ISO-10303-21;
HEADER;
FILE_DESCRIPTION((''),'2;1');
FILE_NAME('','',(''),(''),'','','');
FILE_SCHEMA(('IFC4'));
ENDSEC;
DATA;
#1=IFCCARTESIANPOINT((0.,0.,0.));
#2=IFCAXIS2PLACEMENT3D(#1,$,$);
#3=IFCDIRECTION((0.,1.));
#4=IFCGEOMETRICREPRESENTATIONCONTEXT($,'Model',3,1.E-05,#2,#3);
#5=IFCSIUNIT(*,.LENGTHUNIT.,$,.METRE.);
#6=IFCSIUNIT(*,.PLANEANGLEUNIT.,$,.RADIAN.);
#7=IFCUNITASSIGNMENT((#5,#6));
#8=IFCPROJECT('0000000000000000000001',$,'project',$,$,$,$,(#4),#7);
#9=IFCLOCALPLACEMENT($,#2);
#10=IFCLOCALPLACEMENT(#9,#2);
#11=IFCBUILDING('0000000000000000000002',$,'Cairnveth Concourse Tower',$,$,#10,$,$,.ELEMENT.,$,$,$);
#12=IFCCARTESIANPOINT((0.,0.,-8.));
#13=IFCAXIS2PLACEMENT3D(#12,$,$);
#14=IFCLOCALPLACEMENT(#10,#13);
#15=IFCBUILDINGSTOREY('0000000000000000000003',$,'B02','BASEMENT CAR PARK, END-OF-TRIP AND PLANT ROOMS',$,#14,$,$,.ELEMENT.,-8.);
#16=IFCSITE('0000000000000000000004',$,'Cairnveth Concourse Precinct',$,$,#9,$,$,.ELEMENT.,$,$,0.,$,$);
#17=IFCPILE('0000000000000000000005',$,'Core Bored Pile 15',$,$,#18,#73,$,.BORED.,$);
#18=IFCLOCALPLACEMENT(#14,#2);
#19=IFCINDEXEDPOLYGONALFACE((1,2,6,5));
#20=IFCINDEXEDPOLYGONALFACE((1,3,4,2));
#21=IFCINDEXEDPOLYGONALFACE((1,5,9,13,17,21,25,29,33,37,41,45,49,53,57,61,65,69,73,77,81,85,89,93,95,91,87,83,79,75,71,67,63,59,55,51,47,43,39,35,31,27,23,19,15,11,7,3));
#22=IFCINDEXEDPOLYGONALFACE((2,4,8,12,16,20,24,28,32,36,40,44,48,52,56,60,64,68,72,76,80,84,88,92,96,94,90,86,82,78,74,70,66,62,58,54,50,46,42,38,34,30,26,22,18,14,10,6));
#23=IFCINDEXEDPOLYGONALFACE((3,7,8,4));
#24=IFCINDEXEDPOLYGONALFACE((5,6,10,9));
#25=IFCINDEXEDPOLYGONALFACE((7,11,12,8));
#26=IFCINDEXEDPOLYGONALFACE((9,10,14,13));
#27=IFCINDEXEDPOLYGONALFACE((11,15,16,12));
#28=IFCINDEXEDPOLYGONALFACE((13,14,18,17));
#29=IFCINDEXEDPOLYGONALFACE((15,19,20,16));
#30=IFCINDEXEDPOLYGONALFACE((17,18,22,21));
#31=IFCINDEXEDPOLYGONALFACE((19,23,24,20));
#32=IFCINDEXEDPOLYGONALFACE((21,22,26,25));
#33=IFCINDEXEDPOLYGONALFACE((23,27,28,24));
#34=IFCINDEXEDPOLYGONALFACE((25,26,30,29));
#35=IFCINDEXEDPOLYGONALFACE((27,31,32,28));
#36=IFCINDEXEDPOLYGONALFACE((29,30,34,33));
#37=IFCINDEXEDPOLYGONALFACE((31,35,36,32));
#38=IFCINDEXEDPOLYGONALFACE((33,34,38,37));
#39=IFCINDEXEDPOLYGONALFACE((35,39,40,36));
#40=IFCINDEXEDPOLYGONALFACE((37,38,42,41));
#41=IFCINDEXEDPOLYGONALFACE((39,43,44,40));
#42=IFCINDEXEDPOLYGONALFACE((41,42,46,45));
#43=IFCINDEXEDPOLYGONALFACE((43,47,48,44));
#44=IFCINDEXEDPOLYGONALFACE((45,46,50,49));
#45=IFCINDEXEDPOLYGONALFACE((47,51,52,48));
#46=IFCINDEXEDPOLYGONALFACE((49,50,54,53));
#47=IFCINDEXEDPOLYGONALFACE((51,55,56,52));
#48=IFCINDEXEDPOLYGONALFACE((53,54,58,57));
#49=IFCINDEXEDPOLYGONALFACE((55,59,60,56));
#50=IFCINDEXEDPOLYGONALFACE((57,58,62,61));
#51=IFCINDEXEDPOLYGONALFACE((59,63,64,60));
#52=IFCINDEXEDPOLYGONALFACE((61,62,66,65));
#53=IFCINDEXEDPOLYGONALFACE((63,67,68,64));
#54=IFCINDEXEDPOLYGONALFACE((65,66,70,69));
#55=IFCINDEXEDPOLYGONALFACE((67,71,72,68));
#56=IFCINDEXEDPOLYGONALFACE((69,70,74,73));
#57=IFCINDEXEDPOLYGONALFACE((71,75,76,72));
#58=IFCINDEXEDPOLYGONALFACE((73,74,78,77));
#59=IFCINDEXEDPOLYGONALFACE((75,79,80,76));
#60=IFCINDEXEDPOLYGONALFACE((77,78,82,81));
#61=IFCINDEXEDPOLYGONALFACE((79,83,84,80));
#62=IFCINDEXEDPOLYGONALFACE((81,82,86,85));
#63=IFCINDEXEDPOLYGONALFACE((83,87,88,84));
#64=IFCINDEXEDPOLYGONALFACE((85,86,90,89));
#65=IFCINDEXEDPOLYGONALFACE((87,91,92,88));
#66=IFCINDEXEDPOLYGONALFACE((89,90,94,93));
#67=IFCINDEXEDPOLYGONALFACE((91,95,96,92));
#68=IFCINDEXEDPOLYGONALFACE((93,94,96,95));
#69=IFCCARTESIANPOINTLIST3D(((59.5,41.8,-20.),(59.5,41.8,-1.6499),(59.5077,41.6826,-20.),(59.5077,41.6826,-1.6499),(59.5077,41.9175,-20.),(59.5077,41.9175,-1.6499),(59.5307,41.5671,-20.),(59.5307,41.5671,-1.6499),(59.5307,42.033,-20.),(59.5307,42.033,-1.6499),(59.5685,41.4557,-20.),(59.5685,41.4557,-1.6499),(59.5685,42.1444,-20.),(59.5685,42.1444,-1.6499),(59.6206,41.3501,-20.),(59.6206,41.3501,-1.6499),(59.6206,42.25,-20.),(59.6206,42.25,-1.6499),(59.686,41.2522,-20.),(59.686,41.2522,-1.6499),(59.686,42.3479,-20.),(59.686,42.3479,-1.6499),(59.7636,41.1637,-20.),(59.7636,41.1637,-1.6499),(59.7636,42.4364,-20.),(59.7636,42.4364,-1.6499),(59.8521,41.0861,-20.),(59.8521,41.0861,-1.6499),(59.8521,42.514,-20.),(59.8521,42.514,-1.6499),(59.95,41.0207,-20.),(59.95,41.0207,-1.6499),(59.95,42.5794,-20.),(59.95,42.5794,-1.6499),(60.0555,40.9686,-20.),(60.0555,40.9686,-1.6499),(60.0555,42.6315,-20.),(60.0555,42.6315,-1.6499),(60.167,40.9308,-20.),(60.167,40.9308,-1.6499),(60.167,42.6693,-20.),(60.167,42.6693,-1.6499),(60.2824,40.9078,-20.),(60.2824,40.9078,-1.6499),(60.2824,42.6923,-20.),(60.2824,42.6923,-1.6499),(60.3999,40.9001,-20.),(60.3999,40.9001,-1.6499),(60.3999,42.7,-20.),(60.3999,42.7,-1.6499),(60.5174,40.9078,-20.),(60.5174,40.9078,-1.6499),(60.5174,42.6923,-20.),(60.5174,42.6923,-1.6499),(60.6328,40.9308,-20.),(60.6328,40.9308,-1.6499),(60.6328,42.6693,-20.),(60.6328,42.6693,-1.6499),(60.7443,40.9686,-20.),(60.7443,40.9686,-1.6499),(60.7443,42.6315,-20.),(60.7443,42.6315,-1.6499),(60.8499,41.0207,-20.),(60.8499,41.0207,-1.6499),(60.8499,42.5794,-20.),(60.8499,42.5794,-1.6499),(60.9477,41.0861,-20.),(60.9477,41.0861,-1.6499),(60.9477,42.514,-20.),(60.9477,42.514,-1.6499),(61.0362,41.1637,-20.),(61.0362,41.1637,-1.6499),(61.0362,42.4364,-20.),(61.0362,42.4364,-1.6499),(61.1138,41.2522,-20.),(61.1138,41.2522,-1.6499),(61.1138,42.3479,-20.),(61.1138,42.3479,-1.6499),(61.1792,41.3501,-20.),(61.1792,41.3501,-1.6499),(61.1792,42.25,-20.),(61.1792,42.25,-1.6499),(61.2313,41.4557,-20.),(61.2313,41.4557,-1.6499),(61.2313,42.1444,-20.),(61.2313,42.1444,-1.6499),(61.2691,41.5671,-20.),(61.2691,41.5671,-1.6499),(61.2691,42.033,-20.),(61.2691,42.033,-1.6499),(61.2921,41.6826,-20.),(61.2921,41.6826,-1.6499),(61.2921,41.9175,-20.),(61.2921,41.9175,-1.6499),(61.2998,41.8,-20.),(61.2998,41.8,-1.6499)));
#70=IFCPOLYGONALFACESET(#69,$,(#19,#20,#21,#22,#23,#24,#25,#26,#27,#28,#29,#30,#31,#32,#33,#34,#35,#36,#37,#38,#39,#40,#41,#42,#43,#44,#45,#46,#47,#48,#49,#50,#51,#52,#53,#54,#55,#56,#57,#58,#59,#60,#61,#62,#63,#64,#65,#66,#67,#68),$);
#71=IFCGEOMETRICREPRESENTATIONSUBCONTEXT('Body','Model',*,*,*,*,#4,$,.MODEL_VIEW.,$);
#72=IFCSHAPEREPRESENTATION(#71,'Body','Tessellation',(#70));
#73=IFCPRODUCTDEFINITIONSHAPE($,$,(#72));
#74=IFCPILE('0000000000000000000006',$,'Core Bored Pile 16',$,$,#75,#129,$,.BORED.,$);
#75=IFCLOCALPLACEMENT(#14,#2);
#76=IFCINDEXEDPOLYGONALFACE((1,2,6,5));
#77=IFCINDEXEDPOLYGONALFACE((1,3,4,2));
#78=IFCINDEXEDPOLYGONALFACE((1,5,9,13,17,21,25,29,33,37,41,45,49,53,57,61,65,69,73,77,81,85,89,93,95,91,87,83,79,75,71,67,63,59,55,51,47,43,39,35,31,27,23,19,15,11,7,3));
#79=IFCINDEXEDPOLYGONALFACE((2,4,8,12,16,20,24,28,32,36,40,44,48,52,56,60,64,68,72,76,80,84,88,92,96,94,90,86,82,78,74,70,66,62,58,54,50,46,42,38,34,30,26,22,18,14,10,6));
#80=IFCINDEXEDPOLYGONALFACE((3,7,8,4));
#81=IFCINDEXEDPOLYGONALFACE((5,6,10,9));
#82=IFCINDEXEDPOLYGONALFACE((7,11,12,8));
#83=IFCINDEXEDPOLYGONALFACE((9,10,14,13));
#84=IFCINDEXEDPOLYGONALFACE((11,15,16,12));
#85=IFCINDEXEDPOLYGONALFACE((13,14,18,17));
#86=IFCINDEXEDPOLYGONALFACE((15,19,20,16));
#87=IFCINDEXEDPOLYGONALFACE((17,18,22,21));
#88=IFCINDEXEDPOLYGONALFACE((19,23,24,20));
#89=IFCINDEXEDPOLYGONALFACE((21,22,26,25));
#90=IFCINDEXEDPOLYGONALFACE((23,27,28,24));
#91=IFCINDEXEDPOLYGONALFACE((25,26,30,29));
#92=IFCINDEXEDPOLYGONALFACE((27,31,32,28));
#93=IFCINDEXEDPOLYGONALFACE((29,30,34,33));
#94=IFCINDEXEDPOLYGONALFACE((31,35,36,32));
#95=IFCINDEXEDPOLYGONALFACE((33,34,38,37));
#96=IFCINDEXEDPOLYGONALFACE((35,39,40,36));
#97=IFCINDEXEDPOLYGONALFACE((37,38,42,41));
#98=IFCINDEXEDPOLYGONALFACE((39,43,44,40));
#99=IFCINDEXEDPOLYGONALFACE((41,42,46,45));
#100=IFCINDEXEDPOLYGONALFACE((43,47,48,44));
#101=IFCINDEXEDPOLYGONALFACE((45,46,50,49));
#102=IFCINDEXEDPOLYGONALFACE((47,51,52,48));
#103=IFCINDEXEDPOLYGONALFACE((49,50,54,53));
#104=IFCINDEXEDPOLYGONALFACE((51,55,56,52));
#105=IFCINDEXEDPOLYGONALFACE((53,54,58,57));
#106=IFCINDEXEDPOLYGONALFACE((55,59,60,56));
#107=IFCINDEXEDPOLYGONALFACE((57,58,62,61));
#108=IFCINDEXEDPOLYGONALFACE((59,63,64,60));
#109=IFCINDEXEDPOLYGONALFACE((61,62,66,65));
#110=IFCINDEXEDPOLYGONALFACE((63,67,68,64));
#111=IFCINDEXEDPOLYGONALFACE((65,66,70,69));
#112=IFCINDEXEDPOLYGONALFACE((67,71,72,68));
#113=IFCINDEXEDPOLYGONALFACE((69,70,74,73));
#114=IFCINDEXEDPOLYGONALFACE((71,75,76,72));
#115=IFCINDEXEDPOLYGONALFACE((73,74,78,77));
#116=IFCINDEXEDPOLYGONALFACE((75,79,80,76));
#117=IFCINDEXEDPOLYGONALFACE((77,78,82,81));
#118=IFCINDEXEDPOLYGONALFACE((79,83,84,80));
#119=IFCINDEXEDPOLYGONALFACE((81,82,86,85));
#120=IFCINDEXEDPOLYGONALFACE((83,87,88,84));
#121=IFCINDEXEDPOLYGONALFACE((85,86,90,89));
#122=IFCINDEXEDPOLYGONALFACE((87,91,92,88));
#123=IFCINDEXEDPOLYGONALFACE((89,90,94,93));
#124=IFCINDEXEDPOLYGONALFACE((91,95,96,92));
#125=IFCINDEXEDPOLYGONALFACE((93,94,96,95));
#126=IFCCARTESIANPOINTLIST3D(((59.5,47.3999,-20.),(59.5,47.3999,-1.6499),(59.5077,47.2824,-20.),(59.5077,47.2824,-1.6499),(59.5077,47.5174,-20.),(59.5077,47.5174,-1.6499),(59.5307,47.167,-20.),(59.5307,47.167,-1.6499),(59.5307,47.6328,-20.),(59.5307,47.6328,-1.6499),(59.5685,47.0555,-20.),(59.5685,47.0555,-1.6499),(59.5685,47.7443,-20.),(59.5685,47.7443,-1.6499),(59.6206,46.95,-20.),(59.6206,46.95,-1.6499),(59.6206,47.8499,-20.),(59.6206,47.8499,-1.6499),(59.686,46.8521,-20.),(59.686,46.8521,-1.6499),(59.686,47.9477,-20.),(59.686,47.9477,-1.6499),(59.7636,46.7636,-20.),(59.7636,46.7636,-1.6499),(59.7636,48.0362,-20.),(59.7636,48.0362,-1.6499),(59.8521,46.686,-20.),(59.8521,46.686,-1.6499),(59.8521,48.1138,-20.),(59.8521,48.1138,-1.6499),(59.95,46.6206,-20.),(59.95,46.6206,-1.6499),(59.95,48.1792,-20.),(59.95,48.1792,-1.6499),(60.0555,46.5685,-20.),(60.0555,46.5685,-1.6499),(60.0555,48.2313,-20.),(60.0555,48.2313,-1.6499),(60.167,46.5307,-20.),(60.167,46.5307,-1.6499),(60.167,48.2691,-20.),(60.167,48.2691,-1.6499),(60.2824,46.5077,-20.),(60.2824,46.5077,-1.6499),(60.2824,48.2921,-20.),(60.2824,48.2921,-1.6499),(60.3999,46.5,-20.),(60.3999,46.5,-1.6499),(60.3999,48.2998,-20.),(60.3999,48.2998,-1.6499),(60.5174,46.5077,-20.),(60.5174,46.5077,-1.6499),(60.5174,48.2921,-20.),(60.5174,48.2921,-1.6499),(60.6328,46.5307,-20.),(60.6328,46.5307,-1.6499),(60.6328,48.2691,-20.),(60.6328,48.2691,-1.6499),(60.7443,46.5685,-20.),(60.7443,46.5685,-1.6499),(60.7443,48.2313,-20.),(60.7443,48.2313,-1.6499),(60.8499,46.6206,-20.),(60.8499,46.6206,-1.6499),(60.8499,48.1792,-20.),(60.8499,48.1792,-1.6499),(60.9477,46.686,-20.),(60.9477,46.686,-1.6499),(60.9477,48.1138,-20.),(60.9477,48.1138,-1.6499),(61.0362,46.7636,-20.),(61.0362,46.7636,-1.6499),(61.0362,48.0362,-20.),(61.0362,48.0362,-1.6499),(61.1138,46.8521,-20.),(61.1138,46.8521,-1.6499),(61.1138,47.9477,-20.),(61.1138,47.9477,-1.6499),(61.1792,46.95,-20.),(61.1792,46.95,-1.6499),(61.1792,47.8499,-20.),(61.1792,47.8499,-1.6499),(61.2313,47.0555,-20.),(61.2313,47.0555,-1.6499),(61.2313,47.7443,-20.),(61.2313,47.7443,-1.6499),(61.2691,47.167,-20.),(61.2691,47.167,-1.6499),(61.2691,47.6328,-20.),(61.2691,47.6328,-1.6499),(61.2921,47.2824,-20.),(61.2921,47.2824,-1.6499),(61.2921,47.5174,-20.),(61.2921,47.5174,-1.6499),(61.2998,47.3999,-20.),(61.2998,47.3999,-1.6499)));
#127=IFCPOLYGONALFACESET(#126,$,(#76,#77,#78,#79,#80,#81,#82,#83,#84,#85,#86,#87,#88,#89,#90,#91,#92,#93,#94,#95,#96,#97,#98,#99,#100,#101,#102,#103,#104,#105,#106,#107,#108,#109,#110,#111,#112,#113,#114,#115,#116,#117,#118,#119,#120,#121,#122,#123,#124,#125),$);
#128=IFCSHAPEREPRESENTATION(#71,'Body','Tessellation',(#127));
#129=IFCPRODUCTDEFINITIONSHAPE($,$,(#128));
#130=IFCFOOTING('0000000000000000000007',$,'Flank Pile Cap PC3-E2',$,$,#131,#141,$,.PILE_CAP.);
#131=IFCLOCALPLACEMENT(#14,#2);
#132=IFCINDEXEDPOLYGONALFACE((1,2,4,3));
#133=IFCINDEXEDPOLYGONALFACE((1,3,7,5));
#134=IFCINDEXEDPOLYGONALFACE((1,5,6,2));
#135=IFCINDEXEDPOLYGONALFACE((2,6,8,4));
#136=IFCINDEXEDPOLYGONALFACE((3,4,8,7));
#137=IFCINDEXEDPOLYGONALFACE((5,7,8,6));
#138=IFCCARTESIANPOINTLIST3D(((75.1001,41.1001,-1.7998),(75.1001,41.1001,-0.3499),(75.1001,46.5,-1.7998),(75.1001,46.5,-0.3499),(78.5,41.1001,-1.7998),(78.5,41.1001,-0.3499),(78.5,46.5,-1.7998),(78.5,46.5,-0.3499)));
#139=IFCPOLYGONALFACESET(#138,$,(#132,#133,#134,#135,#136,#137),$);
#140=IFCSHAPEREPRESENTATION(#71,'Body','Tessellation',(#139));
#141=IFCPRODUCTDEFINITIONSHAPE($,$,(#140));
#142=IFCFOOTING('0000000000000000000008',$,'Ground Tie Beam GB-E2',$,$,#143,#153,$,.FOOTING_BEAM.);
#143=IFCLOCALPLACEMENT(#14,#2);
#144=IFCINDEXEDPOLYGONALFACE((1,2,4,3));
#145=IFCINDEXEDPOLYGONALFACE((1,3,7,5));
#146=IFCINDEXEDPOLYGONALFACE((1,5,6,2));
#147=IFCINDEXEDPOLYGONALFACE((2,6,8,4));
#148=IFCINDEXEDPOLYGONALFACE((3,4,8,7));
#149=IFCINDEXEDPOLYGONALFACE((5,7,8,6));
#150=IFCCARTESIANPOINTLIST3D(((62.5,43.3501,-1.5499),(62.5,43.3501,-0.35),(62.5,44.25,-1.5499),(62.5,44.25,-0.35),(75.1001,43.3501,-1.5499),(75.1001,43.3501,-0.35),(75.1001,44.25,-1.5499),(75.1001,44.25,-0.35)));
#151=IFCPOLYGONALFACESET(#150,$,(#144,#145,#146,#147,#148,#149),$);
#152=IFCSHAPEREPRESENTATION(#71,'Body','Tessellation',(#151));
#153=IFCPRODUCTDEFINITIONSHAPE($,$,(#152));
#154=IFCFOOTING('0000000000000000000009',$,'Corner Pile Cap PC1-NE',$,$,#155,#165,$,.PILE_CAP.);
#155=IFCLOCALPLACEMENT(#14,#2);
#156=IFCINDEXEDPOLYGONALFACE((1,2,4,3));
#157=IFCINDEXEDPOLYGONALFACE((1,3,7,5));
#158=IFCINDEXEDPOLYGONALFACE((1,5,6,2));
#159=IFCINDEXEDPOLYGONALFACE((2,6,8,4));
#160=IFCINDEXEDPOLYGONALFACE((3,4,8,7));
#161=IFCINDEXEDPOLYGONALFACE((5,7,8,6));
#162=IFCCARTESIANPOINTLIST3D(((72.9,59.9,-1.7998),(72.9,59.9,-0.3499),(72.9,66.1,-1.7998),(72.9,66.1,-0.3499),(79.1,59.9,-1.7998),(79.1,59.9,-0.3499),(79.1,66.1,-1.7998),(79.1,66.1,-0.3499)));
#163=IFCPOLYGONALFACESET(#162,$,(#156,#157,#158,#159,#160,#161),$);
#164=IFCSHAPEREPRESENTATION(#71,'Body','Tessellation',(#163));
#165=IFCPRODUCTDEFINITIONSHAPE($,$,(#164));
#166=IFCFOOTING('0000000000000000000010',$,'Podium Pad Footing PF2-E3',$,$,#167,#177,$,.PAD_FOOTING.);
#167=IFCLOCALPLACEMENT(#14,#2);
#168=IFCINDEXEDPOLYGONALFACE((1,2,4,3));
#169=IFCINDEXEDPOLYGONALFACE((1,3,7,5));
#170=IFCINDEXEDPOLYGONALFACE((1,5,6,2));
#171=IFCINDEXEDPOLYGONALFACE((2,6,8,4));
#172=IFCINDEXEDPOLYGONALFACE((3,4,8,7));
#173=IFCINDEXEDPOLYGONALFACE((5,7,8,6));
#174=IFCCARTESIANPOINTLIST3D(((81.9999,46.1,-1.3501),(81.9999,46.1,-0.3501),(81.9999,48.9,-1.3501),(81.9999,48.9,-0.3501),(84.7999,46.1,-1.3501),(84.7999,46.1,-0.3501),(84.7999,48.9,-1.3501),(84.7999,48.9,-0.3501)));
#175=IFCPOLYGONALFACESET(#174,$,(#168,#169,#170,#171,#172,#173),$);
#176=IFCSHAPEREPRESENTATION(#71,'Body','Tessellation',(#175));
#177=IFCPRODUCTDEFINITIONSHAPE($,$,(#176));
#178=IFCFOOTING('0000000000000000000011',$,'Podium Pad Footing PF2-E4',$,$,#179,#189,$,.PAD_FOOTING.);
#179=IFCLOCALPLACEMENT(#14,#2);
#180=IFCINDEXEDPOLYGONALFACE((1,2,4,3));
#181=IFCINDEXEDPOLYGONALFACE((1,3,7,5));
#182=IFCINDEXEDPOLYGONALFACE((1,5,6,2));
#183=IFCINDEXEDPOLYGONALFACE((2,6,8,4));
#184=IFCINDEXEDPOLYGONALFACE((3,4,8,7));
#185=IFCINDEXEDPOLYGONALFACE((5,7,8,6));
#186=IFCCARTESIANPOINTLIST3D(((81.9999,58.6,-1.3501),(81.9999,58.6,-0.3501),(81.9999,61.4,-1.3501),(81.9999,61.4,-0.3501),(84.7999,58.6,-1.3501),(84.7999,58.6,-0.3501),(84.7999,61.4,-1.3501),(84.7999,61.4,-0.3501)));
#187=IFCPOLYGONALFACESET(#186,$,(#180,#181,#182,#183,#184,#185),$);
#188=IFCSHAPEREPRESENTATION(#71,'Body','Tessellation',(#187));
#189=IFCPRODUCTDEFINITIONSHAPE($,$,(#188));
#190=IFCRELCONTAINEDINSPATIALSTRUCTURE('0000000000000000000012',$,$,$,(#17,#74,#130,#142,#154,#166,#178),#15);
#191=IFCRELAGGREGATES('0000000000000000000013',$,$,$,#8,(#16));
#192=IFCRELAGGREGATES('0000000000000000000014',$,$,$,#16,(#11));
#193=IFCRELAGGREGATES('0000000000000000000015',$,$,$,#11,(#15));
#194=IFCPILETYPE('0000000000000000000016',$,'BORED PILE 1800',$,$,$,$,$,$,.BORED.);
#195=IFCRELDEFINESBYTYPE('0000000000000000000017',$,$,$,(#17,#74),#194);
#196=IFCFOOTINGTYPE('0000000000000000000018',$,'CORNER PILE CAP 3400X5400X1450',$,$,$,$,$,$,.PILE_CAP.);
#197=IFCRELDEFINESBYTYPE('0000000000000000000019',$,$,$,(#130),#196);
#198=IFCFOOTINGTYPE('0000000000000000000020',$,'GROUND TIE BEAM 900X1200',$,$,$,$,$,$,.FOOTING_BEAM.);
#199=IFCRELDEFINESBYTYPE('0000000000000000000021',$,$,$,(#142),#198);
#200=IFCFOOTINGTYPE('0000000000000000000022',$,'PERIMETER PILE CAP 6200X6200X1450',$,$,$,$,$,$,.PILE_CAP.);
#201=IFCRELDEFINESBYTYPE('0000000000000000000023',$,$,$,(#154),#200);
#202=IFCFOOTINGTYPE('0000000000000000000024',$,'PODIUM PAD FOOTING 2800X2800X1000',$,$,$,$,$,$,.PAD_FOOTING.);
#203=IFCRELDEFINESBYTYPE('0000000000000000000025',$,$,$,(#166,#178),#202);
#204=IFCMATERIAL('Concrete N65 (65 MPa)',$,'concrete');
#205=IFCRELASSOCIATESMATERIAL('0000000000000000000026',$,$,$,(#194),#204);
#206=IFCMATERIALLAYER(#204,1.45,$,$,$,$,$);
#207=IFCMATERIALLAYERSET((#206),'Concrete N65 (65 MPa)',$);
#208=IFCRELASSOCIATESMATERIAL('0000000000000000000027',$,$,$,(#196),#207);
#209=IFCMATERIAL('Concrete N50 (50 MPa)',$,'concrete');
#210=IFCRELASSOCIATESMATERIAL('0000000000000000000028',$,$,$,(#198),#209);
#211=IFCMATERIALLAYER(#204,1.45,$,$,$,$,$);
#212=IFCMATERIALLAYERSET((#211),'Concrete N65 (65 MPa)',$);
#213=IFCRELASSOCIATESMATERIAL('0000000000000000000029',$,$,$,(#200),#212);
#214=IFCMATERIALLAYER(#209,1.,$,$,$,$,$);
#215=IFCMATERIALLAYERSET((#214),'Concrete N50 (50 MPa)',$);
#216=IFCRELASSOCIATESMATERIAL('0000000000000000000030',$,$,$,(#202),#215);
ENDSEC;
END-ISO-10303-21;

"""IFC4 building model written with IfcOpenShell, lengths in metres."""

from ifc_helpers import new_model, si_unit, direction, frame, origin, origin_2d, place, context, subcontext, project, spatial, rectangle, circle, extrude, material, layer, layer_set, material_profile, profile_set, type_object, element, save


model = new_model("IFC4")

# Units and contexts
model_context = context("Model", 3, precision=1e-05, world=origin(), true_north=direction((0.0, 1.0)))
body_context = subcontext(model_context, "Body", "Model", "MODEL_VIEW")
ifc_project = project(units=[si_unit("LENGTHUNIT", "METRE"), si_unit("PLANEANGLEUNIT", "RADIAN")], contexts=[model_context])

# Site, building, storey
site_placement = place(None, origin())
site = spatial("IfcSite", under=ifc_project, at=site_placement, Name="Cairnveth Concourse Precinct", CompositionType="ELEMENT", RefElevation=0.0)
building_placement = place(site_placement, origin())
building = spatial("IfcBuilding", under=site, at=building_placement, Name="Cairnveth Concourse Tower", CompositionType="ELEMENT")
storey_placement = place(building_placement, frame((0.0, 0.0, -8.0)))
storey = spatial("IfcBuildingStorey", under=building, at=storey_placement, Name="B02", Description="BASEMENT CAR PARK, END-OF-TRIP AND PLANT ROOMS", CompositionType="ELEMENT", Elevation=-8.0)

# Piles
ifc_material_1 = material(Name="Concrete N50 (50 MPa)", Category="concrete")
ifc_material_2 = material(Name="Concrete N65 (65 MPa)", Category="concrete")
ifc_material_profile_1 = material_profile(ifc_material_2, circle(Radius=0.8999, at=origin_2d()), Name="PILE-1800")
ifc_profile_set_1 = profile_set([ifc_material_profile_1], Name="Concrete N65 (65 MPa)")
pile_type_1 = type_object("IfcPileType", Name="BORED PILE 1800", PredefinedType="BORED", material=ifc_profile_set_1)
for number, where, z_axis, x_axis, name in (
    (1, (60.3999, 41.8, -1.6499), (0.0, 0.0, -1.0), (1.0, 0.0, 0.0), "Core Bored Pile 15"),
    (2, (60.3999, 47.3999, -1.6499), (0.0, 0.0, -1.0), (1.0, 0.0, 0.0), "Core Bored Pile 16"),
):
    element("IfcPile", number, at=place(storey_placement, frame(where, z_axis=z_axis, x_axis=x_axis)), inside=storey, type_object=pile_type_1, Name=name, PredefinedType="BORED", context=body_context, shape_type="SweptSolid", body=[
        extrude(circle(Radius=0.8999, at=origin_2d()), origin(), (0.0, 0.0, 1.0), 18.3501),
    ])

# Footings
ifc_layer_1 = layer(ifc_material_2, 1.45)
ifc_layer_set_1 = layer_set([ifc_layer_1], Name="Concrete N65 (65 MPa)")
footing_type_1 = type_object("IfcFootingType", Name="CORNER PILE CAP 3400X5400X1450", PredefinedType="PILE_CAP", material=ifc_layer_set_1)
footing_1_placement = place(storey_placement, frame((76.8, 43.8, -1.7998), z_axis=(0.0, 0.0, 1.0), x_axis=(1.0, 0.0, 0.0)))
element("IfcFooting", 3, at=footing_1_placement, inside=storey, type_object=footing_type_1, Name="Flank Pile Cap PC3-E2", PredefinedType="PILE_CAP", context=body_context, shape_type="SweptSolid", body=[
    extrude(rectangle(XDim=3.3999, YDim=5.3999, at=origin_2d()), origin(), (0.0, 0.0, 1.0), 1.45),
])
ifc_material_profile_2 = material_profile(ifc_material_1, rectangle(XDim=0.8999, YDim=1.2, at=origin_2d()), Name="RC-GB-900x1200")
ifc_profile_set_2 = profile_set([ifc_material_profile_2], Name="Concrete N50 (50 MPa)")
footing_type_2 = type_object("IfcFootingType", Name="GROUND TIE BEAM 900X1200", PredefinedType="FOOTING_BEAM", material=ifc_profile_set_2)
footing_2_placement = place(storey_placement, frame((62.5, 43.8, -0.95), z_axis=(1.0, 0.0, 0.0), x_axis=(0.0, 1.0, 0.0)))
element("IfcFooting", 4, at=footing_2_placement, inside=storey, type_object=footing_type_2, Name="Ground Tie Beam GB-E2", PredefinedType="FOOTING_BEAM", context=body_context, shape_type="SweptSolid", body=[
    extrude(rectangle(XDim=0.8999, YDim=1.2, at=origin_2d()), origin(), (0.0, 0.0, 1.0), 12.6001),
])
ifc_layer_2 = layer(ifc_material_2, 1.45)
ifc_layer_set_2 = layer_set([ifc_layer_2], Name="Concrete N65 (65 MPa)")
footing_type_3 = type_object("IfcFootingType", Name="PERIMETER PILE CAP 6200X6200X1450", PredefinedType="PILE_CAP", material=ifc_layer_set_2)
footing_3_placement = place(storey_placement, frame((76.0, 63.0, -1.7998), z_axis=(0.0, 0.0, 1.0), x_axis=(1.0, 0.0, 0.0)))
element("IfcFooting", 5, at=footing_3_placement, inside=storey, type_object=footing_type_3, Name="Corner Pile Cap PC1-NE", PredefinedType="PILE_CAP", context=body_context, shape_type="SweptSolid", body=[
    extrude(rectangle(XDim=6.2, YDim=6.2, at=origin_2d()), origin(), (0.0, 0.0, 1.0), 1.45),
])
ifc_layer_3 = layer(ifc_material_1, 1.0)
ifc_layer_set_3 = layer_set([ifc_layer_3], Name="Concrete N50 (50 MPa)")
footing_type_4 = type_object("IfcFootingType", Name="PODIUM PAD FOOTING 2800X2800X1000", PredefinedType="PAD_FOOTING", material=ifc_layer_set_3)
for number, where, z_axis, x_axis, name in (
    (6, (83.3999, 47.5, -1.3501), (0.0, 0.0, 1.0), (1.0, 0.0, 0.0), "Podium Pad Footing PF2-E3"),
    (7, (83.3999, 60.0, -1.3501), (0.0, 0.0, 1.0), (1.0, 0.0, 0.0), "Podium Pad Footing PF2-E4"),
):
    element("IfcFooting", number, at=place(storey_placement, frame(where, z_axis=z_axis, x_axis=x_axis)), inside=storey, type_object=footing_type_4, Name=name, PredefinedType="PAD_FOOTING", context=body_context, shape_type="SweptSolid", body=[
        extrude(rectangle(XDim=2.8, YDim=2.8, at=origin_2d()), origin(), (0.0, 0.0, 1.0), 1.0),
    ])

save(model, "model.ifc")
